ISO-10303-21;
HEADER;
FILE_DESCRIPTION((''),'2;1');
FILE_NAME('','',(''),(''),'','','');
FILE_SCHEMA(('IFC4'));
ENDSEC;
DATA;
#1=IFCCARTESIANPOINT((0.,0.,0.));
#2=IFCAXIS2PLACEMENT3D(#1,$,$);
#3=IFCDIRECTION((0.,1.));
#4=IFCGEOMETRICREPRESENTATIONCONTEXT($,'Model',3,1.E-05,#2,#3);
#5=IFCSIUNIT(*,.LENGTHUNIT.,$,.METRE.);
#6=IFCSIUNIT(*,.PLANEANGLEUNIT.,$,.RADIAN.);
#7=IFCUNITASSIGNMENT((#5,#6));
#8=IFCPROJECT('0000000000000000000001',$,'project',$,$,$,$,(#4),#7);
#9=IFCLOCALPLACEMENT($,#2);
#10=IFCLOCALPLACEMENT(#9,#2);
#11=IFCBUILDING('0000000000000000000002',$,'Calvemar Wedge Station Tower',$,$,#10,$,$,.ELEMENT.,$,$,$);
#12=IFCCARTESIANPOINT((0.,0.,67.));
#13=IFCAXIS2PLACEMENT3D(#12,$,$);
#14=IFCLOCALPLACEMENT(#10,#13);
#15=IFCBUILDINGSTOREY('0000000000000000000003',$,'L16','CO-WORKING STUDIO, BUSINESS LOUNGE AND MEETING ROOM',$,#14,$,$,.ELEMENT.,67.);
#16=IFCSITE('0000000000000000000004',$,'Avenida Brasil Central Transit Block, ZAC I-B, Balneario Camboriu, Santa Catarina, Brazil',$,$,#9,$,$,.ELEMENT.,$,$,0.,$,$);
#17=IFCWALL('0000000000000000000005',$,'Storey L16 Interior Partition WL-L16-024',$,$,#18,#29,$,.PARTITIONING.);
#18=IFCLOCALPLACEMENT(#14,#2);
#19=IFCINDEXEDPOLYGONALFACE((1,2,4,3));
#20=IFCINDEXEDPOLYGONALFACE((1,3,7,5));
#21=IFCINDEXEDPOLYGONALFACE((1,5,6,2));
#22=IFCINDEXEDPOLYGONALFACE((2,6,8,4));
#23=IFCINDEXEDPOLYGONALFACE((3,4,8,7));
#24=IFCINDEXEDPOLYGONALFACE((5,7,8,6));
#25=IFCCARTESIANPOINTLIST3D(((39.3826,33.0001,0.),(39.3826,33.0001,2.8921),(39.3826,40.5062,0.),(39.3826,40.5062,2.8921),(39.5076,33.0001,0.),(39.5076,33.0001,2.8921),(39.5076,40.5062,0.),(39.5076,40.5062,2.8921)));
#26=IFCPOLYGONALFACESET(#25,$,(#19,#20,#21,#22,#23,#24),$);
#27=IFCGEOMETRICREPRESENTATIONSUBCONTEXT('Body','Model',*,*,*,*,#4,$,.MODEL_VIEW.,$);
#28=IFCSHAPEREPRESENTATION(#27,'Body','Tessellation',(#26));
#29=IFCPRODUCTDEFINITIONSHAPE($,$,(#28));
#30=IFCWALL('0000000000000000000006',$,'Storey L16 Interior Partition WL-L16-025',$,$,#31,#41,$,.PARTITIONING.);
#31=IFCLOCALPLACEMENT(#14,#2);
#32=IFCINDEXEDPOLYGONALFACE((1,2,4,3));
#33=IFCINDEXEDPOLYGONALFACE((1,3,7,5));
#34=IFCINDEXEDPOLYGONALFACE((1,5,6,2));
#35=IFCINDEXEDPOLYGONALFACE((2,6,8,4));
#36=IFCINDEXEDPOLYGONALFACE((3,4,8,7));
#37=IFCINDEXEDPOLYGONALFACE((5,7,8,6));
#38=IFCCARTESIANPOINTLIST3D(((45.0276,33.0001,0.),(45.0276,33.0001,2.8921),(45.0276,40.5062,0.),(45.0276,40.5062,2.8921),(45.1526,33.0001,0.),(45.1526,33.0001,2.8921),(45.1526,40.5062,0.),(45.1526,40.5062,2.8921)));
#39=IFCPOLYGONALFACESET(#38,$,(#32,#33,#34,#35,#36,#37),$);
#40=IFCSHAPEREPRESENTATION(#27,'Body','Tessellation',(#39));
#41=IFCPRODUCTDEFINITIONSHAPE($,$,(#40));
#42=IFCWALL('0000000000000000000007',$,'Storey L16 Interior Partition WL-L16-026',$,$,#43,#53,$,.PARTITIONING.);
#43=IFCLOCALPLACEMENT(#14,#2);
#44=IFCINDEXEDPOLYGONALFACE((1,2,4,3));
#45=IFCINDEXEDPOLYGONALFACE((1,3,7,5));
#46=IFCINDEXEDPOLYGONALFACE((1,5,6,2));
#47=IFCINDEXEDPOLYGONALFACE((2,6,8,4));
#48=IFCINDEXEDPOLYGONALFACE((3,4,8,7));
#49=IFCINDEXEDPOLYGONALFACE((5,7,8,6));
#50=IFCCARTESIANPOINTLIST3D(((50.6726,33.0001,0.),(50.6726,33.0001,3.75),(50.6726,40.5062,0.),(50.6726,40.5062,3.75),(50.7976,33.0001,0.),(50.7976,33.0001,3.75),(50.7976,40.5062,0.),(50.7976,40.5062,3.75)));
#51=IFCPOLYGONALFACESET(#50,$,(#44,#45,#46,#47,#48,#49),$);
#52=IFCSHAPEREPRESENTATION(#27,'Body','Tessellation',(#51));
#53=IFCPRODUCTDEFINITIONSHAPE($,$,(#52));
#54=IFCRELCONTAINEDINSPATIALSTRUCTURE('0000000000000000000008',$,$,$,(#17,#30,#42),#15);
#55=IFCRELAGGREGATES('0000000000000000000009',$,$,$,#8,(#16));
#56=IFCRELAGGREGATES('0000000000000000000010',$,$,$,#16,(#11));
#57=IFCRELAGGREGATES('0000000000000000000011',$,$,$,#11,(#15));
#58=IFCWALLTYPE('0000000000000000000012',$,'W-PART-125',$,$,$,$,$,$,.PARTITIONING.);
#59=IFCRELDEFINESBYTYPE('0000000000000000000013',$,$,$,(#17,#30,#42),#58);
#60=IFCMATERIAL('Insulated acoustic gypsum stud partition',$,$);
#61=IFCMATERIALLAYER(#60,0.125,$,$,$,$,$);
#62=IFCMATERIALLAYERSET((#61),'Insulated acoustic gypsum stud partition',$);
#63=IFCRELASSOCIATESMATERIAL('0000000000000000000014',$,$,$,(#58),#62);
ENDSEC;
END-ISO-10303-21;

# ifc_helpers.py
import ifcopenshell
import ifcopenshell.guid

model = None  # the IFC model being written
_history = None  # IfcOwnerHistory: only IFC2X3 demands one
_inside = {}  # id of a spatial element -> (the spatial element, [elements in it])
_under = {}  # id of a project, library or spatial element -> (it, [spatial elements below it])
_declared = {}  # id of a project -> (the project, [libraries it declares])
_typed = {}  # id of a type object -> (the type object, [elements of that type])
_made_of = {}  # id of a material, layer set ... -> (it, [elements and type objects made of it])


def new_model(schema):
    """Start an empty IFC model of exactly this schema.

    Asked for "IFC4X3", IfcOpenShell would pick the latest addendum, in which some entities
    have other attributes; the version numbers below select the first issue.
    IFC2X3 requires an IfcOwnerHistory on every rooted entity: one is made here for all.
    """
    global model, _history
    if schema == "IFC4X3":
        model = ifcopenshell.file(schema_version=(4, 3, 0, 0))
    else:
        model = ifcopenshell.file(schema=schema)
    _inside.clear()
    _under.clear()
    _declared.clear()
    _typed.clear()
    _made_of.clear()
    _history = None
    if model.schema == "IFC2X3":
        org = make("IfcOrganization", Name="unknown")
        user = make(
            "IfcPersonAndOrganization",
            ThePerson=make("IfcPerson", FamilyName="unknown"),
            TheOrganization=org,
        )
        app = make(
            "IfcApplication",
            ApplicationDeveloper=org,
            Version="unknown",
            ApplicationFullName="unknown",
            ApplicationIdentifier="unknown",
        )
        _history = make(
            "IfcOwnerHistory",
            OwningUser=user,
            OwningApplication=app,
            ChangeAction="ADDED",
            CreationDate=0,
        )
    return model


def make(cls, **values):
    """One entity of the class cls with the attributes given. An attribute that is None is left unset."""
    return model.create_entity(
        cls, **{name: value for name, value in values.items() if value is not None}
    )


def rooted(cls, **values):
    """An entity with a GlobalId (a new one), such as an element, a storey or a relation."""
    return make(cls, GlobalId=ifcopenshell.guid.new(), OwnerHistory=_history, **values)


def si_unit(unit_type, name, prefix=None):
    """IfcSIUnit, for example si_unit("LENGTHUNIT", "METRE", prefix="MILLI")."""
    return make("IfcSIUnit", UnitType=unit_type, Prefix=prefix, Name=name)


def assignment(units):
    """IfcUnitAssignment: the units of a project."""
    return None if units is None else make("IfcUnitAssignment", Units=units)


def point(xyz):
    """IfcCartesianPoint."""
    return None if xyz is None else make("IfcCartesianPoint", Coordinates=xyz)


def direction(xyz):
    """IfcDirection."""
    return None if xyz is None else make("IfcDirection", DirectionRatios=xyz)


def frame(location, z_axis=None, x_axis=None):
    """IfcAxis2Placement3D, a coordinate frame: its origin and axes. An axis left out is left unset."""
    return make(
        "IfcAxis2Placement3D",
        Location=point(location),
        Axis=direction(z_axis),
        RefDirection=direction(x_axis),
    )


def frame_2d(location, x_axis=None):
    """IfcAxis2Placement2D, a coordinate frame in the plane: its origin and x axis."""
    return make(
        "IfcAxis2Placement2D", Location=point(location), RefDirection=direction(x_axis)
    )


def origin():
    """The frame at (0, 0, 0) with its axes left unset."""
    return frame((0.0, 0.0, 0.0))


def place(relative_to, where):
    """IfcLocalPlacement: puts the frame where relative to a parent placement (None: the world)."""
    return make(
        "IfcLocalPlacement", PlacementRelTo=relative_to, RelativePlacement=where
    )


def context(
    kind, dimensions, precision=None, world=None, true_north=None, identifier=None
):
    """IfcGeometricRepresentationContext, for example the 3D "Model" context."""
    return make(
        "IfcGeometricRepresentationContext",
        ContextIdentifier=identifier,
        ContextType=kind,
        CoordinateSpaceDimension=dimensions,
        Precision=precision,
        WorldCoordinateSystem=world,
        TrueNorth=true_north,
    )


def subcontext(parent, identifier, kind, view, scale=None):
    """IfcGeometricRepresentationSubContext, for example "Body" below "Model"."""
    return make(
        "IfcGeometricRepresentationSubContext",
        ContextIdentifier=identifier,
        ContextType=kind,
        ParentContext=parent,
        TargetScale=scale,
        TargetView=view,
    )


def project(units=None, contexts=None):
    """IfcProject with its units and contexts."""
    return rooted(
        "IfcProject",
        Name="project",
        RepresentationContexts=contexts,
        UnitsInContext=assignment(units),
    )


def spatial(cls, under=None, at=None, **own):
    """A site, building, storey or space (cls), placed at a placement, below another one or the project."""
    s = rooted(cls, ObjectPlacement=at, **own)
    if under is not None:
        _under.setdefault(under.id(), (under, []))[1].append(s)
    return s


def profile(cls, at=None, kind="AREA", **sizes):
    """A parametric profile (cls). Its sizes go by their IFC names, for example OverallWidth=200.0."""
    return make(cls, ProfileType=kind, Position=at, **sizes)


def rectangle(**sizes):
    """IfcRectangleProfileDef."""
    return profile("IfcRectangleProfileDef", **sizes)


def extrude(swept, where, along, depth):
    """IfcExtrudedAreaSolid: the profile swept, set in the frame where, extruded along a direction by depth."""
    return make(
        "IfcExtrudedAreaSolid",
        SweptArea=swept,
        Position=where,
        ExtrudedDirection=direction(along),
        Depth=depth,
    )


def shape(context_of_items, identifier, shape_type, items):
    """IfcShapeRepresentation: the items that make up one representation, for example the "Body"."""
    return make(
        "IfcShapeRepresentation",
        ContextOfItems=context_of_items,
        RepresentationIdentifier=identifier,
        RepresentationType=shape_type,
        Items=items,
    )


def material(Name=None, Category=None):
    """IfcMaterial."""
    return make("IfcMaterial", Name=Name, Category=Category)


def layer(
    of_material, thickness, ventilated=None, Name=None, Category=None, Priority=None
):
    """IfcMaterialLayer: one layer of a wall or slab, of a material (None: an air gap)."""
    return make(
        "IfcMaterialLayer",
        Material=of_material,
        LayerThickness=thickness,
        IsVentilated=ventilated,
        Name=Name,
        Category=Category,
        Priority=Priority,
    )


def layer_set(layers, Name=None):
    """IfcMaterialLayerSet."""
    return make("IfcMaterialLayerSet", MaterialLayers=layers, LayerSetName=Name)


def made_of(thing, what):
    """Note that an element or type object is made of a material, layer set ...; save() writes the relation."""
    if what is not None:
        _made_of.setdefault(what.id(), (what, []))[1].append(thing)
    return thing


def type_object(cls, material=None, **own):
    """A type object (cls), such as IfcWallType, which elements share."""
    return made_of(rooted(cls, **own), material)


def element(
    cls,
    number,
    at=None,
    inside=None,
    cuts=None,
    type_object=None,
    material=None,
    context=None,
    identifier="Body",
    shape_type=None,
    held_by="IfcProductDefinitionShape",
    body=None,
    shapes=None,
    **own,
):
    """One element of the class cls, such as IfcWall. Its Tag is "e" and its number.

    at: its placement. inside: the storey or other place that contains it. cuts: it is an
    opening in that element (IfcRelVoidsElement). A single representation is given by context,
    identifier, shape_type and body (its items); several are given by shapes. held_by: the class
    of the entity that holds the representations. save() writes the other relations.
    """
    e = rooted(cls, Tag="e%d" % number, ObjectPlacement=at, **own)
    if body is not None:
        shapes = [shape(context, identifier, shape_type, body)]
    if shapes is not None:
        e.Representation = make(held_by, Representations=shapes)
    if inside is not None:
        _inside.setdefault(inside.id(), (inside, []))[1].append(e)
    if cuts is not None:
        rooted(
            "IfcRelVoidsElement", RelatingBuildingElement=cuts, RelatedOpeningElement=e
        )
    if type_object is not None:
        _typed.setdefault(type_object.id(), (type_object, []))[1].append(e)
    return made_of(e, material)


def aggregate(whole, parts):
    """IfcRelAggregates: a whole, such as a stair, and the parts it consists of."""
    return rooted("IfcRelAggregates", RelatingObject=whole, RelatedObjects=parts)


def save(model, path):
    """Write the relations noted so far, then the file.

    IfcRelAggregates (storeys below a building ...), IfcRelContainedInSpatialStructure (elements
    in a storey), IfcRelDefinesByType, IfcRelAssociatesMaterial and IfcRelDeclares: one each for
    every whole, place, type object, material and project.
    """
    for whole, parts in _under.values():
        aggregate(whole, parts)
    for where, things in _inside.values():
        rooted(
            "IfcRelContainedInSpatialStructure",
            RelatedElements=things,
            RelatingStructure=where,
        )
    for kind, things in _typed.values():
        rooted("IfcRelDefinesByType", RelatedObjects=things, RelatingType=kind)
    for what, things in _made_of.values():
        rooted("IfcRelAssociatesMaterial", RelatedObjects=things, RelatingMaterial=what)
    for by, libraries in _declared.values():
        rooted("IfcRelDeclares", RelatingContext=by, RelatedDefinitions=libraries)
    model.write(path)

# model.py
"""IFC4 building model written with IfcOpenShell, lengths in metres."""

from ifc_helpers import new_model, si_unit, direction, frame, frame_2d, origin, place, context, subcontext, project, spatial, rectangle, extrude, material, layer, layer_set, type_object, element, save


model = new_model("IFC4")

# Units and contexts
model_context = context("Model", 3, precision=1e-05, world=origin(), true_north=direction((0.0, 1.0)))
body_context = subcontext(model_context, "Body", "Model", "MODEL_VIEW")
ifc_project = project(units=[si_unit("LENGTHUNIT", "METRE"), si_unit("PLANEANGLEUNIT", "RADIAN")], contexts=[model_context])

# Site, building, storey
site_placement = place(None, origin())
site = spatial("IfcSite", under=ifc_project, at=site_placement, Name="Avenida Brasil Central Transit Block, ZAC I-B, Balneario Camboriu, Santa Catarina, Brazil", CompositionType="ELEMENT", RefElevation=0.0)
building_placement = place(site_placement, origin())
building = spatial("IfcBuilding", under=site, at=building_placement, Name="Calvemar Wedge Station Tower", CompositionType="ELEMENT")
storey_placement = place(building_placement, frame((0.0, 0.0, 67.0)))
storey = spatial("IfcBuildingStorey", under=building, at=storey_placement, Name="L16", Description="CO-WORKING STUDIO, BUSINESS LOUNGE AND MEETING ROOM", CompositionType="ELEMENT", Elevation=67.0)

# Walls
ifc_material_1 = material(Name="Insulated acoustic gypsum stud partition")
ifc_layer_1 = layer(ifc_material_1, 0.125)
ifc_layer_set_1 = layer_set([ifc_layer_1], Name="Insulated acoustic gypsum stud partition")
wall_type_1 = type_object("IfcWallType", Name="W-PART-125", PredefinedType="PARTITIONING", material=ifc_layer_set_1)
for number, where, z_axis, x_axis, name in (
    (1, (39.4451, 40.5061, 0.0), (0.0, 0.0, 1.0), (0.0, -1.0, 0.0), "Storey L16 Interior Partition WL-L16-024"),
    (2, (45.0901, 40.5061, 0.0), (0.0, 0.0, 1.0), (0.0, -1.0, 0.0), "Storey L16 Interior Partition WL-L16-025"),
):
    element("IfcWall", number, at=place(storey_placement, frame(where, z_axis=z_axis, x_axis=x_axis)), inside=storey, type_object=wall_type_1, Name=name, PredefinedType="PARTITIONING", context=body_context, shape_type="SweptSolid", body=[
        extrude(rectangle(XDim=7.5061, YDim=0.125, at=frame_2d((3.7529, 0.0))), origin(), (0.0, 0.0, 1.0), 2.8921),
    ])
wall_1_placement = place(storey_placement, frame((50.7351, 40.5061, 0.0), z_axis=(0.0, 0.0, 1.0), x_axis=(0.0, -1.0, 0.0)))
element("IfcWall", 3, at=wall_1_placement, inside=storey, type_object=wall_type_1, Name="Storey L16 Interior Partition WL-L16-026", PredefinedType="PARTITIONING", context=body_context, shape_type="SweptSolid", body=[
    extrude(rectangle(XDim=7.5061, YDim=0.125, at=frame_2d((3.7529, 0.0))), origin(), (0.0, 0.0, 1.0), 3.75),
])

save(model, "model.ifc")
